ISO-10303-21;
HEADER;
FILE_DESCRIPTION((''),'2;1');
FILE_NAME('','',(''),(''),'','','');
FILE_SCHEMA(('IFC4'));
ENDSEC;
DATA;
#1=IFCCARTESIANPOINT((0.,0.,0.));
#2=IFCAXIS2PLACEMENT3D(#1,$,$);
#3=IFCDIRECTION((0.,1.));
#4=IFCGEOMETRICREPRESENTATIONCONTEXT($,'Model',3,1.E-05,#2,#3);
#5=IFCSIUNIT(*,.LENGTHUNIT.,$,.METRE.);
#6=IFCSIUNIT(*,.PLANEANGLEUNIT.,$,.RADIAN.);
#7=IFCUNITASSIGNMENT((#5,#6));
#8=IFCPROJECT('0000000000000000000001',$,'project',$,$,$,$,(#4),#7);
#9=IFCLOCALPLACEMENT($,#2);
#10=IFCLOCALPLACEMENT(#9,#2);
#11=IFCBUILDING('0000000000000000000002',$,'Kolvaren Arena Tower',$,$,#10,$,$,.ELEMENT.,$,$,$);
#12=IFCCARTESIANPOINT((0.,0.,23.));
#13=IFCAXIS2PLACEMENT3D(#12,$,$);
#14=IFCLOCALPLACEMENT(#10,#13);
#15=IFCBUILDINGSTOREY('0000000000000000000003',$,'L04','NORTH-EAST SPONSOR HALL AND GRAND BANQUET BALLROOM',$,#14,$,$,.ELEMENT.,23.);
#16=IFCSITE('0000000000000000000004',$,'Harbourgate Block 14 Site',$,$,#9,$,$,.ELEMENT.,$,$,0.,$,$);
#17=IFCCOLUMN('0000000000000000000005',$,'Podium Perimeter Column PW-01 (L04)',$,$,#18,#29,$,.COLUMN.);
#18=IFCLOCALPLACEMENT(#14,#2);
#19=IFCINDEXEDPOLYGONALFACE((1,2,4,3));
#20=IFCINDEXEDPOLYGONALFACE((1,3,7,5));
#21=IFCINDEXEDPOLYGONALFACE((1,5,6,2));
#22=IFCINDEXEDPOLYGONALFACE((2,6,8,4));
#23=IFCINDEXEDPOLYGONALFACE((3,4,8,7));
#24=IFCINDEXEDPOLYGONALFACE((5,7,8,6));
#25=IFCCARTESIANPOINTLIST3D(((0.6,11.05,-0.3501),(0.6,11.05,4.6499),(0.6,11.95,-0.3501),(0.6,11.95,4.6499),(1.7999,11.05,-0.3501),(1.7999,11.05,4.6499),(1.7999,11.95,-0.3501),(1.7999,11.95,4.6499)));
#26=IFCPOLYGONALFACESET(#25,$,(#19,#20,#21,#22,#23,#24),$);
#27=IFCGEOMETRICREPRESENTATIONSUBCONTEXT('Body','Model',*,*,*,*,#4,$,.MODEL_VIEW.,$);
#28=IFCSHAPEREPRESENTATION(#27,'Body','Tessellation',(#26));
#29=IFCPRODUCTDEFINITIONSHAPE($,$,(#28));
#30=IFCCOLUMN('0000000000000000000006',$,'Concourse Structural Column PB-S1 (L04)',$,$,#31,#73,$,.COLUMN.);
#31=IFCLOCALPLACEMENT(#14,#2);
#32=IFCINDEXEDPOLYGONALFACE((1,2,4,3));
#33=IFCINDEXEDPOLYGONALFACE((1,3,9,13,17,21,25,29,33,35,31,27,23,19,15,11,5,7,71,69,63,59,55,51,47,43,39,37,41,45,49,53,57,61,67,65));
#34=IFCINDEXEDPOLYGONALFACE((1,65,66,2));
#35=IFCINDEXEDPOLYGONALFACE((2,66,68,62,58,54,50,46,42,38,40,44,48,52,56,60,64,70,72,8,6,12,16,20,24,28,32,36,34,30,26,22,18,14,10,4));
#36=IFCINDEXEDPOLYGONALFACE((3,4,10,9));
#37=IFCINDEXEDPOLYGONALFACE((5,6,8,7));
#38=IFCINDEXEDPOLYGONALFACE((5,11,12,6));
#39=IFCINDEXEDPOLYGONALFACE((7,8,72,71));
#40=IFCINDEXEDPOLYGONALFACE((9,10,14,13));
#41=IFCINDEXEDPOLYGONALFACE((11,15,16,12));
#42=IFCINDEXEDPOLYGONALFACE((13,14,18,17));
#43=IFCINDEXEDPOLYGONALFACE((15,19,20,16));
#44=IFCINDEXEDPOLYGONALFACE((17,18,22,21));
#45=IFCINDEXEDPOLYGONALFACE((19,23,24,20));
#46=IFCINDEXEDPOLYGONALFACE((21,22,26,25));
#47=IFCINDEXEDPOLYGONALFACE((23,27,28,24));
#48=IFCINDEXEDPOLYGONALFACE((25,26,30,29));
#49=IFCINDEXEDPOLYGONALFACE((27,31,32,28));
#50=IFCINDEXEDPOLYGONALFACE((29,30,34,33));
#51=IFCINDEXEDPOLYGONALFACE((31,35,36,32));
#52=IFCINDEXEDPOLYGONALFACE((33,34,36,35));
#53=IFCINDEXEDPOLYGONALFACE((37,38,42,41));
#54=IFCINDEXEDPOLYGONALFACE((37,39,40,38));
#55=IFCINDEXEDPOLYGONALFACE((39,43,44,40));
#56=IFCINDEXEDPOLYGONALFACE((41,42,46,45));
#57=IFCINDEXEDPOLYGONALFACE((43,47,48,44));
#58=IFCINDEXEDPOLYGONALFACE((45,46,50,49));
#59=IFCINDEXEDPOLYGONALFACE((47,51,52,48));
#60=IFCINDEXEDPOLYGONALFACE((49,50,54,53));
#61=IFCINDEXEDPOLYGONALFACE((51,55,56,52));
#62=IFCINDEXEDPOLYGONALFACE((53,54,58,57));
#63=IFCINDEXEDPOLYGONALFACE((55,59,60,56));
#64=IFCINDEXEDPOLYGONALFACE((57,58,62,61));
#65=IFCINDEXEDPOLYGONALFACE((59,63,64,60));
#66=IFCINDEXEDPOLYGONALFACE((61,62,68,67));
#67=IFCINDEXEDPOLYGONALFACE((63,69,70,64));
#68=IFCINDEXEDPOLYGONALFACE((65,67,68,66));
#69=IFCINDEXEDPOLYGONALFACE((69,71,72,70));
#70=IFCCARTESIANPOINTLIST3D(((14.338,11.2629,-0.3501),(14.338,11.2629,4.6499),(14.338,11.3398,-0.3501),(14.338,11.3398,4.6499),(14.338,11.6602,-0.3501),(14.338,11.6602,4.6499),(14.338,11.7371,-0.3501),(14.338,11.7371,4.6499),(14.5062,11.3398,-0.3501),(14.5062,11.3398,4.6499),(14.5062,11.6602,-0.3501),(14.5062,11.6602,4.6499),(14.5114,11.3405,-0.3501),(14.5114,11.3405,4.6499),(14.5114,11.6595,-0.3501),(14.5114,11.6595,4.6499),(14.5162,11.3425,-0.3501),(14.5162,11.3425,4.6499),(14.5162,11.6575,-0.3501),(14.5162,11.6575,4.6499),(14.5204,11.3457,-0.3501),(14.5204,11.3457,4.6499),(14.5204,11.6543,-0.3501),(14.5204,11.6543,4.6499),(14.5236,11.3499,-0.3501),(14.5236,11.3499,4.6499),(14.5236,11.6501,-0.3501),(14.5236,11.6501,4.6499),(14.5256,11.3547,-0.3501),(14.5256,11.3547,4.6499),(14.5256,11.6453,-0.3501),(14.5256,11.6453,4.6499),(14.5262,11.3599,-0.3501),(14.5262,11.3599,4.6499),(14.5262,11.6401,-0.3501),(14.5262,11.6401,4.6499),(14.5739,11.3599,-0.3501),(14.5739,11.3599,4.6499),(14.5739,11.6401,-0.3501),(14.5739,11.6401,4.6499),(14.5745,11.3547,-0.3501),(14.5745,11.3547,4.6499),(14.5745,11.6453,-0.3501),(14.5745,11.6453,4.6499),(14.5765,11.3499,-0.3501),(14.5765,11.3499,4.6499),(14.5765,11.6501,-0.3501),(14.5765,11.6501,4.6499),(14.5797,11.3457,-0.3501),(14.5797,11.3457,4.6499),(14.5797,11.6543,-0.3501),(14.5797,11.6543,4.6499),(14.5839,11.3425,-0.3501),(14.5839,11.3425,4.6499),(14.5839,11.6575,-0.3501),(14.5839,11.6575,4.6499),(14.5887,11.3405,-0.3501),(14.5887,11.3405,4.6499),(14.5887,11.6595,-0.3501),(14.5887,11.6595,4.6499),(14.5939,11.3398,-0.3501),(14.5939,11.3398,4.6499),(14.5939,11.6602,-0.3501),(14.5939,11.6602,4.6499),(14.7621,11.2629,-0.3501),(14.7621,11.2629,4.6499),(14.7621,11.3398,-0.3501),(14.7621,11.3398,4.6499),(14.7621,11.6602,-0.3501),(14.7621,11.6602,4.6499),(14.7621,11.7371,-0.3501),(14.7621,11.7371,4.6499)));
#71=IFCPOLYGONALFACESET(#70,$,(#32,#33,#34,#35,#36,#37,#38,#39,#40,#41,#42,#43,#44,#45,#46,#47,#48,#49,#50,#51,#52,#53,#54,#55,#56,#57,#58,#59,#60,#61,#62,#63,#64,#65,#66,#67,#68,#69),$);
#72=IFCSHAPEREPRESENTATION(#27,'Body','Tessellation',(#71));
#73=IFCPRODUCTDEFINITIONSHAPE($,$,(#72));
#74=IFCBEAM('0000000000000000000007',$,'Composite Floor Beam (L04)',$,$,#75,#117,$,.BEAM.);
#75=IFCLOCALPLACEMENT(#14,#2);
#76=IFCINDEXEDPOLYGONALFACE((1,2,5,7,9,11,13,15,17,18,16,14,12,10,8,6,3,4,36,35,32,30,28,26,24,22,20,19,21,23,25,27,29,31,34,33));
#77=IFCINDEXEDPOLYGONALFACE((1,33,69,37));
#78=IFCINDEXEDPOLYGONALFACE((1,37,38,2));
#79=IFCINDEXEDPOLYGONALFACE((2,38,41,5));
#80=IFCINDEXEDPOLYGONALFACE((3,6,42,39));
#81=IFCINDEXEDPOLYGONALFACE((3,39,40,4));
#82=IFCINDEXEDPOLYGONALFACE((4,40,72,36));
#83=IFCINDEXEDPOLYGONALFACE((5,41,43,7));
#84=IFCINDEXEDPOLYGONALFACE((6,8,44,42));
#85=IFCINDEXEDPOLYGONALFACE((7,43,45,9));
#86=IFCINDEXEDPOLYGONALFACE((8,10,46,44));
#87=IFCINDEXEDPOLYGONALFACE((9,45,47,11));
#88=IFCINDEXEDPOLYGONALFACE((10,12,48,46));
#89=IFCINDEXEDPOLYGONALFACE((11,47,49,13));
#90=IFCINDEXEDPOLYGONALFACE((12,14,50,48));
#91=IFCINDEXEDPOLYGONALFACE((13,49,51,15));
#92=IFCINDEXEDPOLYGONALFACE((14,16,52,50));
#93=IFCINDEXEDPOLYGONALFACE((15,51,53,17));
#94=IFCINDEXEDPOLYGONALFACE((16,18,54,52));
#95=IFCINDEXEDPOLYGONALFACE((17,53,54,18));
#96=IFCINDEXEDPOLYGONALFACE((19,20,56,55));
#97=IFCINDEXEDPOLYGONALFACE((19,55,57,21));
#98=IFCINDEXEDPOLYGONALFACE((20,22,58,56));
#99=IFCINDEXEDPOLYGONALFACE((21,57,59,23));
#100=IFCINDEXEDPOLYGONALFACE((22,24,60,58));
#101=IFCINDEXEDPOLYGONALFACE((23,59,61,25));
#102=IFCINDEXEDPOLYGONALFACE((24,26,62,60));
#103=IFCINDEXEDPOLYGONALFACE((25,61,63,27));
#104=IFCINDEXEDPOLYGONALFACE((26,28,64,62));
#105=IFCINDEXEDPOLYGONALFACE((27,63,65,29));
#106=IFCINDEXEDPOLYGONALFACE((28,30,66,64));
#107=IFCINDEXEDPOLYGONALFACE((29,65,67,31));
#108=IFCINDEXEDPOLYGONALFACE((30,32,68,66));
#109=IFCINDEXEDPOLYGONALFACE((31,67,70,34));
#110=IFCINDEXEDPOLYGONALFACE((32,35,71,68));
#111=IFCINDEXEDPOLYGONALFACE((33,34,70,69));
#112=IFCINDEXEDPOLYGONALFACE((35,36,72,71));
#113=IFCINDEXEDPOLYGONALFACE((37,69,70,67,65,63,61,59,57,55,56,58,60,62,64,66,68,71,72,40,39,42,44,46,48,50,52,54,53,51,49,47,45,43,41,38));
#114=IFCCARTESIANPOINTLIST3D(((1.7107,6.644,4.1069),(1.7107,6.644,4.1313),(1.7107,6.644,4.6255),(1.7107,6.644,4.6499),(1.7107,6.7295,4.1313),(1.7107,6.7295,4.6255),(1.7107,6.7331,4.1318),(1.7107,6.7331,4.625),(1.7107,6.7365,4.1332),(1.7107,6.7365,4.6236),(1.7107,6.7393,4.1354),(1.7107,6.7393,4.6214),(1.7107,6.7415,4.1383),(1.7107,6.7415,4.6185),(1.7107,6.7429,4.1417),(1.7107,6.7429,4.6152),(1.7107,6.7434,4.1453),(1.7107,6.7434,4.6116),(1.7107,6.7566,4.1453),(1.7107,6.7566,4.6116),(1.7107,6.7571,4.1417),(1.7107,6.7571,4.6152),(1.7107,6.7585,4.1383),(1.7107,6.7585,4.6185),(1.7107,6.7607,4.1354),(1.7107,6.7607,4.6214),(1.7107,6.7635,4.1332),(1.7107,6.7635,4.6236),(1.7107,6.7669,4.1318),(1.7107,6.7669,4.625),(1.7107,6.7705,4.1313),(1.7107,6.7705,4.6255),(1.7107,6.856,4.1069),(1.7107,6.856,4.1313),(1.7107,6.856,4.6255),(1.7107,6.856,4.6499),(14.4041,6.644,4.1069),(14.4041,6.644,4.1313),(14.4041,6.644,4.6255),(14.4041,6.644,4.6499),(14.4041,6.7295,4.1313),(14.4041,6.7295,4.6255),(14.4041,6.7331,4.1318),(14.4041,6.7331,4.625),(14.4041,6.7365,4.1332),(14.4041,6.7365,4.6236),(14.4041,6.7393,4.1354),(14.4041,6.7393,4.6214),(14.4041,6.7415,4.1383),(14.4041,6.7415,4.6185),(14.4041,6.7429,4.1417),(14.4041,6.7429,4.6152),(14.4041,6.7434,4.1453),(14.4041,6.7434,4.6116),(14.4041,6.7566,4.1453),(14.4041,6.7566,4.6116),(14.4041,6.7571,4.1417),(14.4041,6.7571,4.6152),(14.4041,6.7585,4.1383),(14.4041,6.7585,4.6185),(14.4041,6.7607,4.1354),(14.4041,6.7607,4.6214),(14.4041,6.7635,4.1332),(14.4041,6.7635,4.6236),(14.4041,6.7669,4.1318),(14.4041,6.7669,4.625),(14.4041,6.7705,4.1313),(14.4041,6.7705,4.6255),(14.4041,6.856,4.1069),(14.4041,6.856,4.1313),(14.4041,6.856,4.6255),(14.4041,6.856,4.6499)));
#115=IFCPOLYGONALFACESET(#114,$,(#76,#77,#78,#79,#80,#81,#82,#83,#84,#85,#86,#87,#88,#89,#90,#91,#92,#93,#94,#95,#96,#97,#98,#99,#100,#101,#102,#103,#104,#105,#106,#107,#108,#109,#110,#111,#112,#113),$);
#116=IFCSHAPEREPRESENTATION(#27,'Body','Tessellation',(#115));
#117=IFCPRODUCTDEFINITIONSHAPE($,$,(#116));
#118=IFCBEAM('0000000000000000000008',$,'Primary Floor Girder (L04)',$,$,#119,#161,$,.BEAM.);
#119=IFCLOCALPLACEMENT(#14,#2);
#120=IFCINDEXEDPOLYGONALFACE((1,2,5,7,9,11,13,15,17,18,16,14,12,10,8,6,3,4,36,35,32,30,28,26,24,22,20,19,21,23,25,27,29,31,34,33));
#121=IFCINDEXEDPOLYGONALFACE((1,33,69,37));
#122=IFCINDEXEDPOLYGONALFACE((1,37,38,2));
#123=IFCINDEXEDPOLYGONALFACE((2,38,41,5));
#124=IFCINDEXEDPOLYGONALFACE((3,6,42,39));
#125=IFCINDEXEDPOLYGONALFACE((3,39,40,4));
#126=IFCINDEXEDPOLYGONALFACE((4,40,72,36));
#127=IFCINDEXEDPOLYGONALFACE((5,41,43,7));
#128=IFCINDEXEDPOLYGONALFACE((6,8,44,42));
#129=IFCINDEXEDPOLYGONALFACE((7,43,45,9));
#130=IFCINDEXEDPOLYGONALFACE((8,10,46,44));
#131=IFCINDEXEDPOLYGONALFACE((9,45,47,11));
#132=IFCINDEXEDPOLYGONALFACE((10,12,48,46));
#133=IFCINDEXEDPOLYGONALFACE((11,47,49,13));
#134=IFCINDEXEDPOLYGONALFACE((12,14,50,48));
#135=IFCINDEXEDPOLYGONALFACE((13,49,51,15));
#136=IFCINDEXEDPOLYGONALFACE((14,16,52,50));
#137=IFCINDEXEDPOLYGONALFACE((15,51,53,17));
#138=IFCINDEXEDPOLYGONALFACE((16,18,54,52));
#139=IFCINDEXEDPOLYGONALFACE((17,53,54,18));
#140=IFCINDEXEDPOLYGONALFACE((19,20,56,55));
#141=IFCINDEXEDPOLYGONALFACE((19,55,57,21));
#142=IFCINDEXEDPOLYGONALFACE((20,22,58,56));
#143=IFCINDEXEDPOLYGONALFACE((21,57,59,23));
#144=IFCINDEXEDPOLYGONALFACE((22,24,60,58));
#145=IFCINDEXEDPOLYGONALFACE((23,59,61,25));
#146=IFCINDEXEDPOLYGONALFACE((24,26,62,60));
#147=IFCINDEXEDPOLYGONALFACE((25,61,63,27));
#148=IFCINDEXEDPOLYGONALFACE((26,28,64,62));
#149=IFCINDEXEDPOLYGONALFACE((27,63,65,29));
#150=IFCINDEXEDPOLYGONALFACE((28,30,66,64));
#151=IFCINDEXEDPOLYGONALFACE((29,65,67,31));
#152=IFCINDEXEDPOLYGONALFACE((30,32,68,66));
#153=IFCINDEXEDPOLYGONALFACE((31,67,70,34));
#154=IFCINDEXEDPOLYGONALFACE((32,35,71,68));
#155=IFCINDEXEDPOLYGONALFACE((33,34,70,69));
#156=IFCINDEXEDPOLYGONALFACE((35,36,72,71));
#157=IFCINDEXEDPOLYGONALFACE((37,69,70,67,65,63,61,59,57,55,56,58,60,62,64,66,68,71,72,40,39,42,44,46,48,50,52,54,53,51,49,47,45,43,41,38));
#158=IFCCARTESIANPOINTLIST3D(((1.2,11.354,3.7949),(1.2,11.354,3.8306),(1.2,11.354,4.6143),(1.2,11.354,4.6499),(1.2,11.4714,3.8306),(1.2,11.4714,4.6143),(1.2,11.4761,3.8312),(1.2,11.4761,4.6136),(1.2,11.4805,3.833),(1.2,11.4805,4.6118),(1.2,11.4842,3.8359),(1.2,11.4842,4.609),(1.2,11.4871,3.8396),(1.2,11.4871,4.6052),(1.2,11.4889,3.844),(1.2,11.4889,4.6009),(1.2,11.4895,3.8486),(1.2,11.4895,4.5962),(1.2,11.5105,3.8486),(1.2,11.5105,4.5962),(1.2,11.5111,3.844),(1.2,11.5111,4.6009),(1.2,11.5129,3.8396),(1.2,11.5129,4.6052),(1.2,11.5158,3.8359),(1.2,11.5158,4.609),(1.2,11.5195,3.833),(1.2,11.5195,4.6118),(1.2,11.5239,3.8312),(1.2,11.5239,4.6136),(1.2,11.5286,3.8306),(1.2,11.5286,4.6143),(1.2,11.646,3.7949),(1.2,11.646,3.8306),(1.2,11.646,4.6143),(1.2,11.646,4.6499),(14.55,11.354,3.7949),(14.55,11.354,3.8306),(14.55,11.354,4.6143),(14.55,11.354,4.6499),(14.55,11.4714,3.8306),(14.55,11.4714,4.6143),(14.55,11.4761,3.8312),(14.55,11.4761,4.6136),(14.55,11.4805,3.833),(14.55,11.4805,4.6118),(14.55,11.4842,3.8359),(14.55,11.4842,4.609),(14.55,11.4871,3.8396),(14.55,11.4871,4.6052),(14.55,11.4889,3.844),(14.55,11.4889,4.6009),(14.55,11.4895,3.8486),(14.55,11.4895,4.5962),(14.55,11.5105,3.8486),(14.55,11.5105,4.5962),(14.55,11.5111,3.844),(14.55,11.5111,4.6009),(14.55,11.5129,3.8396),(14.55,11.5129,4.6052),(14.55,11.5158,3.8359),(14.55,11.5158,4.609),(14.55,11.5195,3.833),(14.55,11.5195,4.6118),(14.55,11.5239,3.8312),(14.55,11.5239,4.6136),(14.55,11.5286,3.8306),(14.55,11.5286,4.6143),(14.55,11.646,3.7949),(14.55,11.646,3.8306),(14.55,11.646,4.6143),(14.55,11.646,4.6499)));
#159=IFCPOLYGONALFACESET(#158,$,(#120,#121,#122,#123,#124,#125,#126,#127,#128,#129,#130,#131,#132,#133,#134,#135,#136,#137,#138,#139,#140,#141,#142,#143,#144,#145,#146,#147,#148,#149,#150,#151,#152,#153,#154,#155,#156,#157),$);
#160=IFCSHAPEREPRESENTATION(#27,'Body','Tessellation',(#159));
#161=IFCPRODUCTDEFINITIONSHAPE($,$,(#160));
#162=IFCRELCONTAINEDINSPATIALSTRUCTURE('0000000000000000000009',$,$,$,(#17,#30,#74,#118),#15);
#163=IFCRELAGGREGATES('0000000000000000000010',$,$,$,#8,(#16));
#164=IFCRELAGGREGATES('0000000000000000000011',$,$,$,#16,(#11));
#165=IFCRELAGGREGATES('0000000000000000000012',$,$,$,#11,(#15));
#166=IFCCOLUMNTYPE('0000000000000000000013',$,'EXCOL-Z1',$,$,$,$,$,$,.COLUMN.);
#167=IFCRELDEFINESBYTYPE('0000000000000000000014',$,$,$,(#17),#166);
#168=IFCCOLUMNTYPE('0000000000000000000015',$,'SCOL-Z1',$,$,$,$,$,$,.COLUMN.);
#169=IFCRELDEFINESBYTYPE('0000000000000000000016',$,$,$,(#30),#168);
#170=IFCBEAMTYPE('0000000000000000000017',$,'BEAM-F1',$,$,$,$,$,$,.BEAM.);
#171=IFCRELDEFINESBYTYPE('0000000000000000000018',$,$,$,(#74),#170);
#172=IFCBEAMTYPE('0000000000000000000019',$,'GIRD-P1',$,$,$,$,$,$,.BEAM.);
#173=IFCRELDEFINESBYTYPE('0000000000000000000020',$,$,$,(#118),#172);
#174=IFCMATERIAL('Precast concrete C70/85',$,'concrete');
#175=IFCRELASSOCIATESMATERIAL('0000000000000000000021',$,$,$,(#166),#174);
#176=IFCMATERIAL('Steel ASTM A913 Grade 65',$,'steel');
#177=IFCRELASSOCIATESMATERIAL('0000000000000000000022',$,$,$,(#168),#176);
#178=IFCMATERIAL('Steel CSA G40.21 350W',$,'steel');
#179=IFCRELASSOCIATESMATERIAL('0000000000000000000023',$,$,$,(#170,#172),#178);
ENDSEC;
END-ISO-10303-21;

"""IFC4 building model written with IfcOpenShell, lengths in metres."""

from ifc_helpers import new_model, si_unit, direction, frame, origin, origin_2d, place, context, subcontext, project, spatial, rectangle, i_section, extrude, material, material_profile, profile_set, type_object, element, save


model = new_model("IFC4")

# Units and contexts
model_context = context("Model", 3, precision=1e-05, world=origin(), true_north=direction((0.0, 1.0)))
body_context = subcontext(model_context, "Body", "Model", "MODEL_VIEW")
ifc_project = project(units=[si_unit("LENGTHUNIT", "METRE"), si_unit("PLANEANGLEUNIT", "RADIAN")], contexts=[model_context])

# Site, building, storey
site_placement = place(None, origin())
site = spatial("IfcSite", under=ifc_project, at=site_placement, Name="Harbourgate Block 14 Site", CompositionType="ELEMENT", RefElevation=0.0)
building_placement = place(site_placement, origin())
building = spatial("IfcBuilding", under=site, at=building_placement, Name="Kolvaren Arena Tower", CompositionType="ELEMENT")
storey_placement = place(building_placement, frame((0.0, 0.0, 23.0)))
storey = spatial("IfcBuildingStorey", under=building, at=storey_placement, Name="L04", Description="NORTH-EAST SPONSOR HALL AND GRAND BANQUET BALLROOM", CompositionType="ELEMENT", Elevation=23.0)

# Columns
ifc_material_1 = material(Name="Precast concrete C70/85", Category="concrete")
ifc_material_profile_1 = material_profile(ifc_material_1, rectangle(XDim=1.2, YDim=0.8999, at=origin_2d()), Name="RC-1200x900")
ifc_profile_set_1 = profile_set([ifc_material_profile_1], Name="Precast concrete C70/85")
column_type_1 = type_object("IfcColumnType", Name="EXCOL-Z1", PredefinedType="COLUMN", material=ifc_profile_set_1)
column_1_placement = place(storey_placement, frame((1.2, 11.5, -0.3501), z_axis=(0.0, 0.0, 1.0), x_axis=(1.0, 0.0, 0.0)))
element("IfcColumn", 1, at=column_1_placement, inside=storey, type_object=column_type_1, Name="Podium Perimeter Column PW-01 (L04)", PredefinedType="COLUMN", context=body_context, shape_type="SweptSolid", body=[
    extrude(rectangle(XDim=1.2, YDim=0.8999, at=origin_2d()), origin(), (0.0, 0.0, 1.0), 5.0),
])
ifc_material_2 = material(Name="Steel ASTM A913 Grade 65", Category="steel")
ifc_material_profile_2 = material_profile(ifc_material_2, i_section(OverallWidth=0.4241, OverallDepth=0.4741, WebThickness=0.0476, FlangeThickness=0.0769, FilletRadius=0.02, at=origin_2d()), Name="W360x634")
ifc_profile_set_2 = profile_set([ifc_material_profile_2], Name="Steel ASTM A913 Grade 65")
column_type_2 = type_object("IfcColumnType", Name="SCOL-Z1", PredefinedType="COLUMN", material=ifc_profile_set_2)
column_2_placement = place(storey_placement, frame((14.55, 11.5, -0.3501), z_axis=(0.0, 0.0, 1.0), x_axis=(1.0, 0.0, 0.0)))
element("IfcColumn", 2, at=column_2_placement, inside=storey, type_object=column_type_2, Name="Concourse Structural Column PB-S1 (L04)", PredefinedType="COLUMN", context=body_context, shape_type="SweptSolid", body=[
    extrude(i_section(OverallWidth=0.4241, OverallDepth=0.4741, WebThickness=0.0476, FlangeThickness=0.0769, FilletRadius=0.02, at=origin_2d()), origin(), (0.0, 0.0, 1.0), 5.0),
])

# Beams
ifc_material_3 = material(Name="Steel CSA G40.21 350W", Category="steel")
ifc_material_profile_3 = material_profile(ifc_material_3, i_section(OverallWidth=0.2119, OverallDepth=0.543, WebThickness=0.0132, FlangeThickness=0.0244, FilletRadius=0.0139, at=origin_2d()), Name="W530x150")
ifc_profile_set_3 = profile_set([ifc_material_profile_3], Name="Steel CSA G40.21 350W")
beam_type_1 = type_object("IfcBeamType", Name="BEAM-F1", PredefinedType="BEAM", material=ifc_profile_set_3)
beam_1_placement = place(storey_placement, frame((1.7107, 6.75, 4.3784), z_axis=(1.0, 0.0, 0.0), x_axis=(0.0, 1.0, 0.0)))
element("IfcBeam", 3, at=beam_1_placement, inside=storey, type_object=beam_type_1, Name="Composite Floor Beam (L04)", PredefinedType="BEAM", context=body_context, shape_type="SweptSolid", body=[
    extrude(i_section(OverallWidth=0.2119, OverallDepth=0.543, WebThickness=0.0132, FlangeThickness=0.0244, FilletRadius=0.0139, at=origin_2d()), origin(), (0.0, 0.0, 1.0), 12.6934),
])
ifc_material_profile_4 = material_profile(ifc_material_3, i_section(OverallWidth=0.292, OverallDepth=0.855, WebThickness=0.021, FlangeThickness=0.0356, FilletRadius=0.0181, at=origin_2d()), Name="W840x299")
ifc_profile_set_4 = profile_set([ifc_material_profile_4], Name="Steel CSA G40.21 350W")
beam_type_2 = type_object("IfcBeamType", Name="GIRD-P1", PredefinedType="BEAM", material=ifc_profile_set_4)
beam_2_placement = place(storey_placement, frame((1.2, 11.5, 4.2224), z_axis=(1.0, 0.0, 0.0), x_axis=(0.0, 1.0, 0.0)))
element("IfcBeam", 4, at=beam_2_placement, inside=storey, type_object=beam_type_2, Name="Primary Floor Girder (L04)", PredefinedType="BEAM", context=body_context, shape_type="SweptSolid", body=[
    extrude(i_section(OverallWidth=0.292, OverallDepth=0.855, WebThickness=0.021, FlangeThickness=0.0356, FilletRadius=0.0181, at=origin_2d()), origin(), (0.0, 0.0, 1.0), 13.3501),
])

save(model, "model.ifc")
